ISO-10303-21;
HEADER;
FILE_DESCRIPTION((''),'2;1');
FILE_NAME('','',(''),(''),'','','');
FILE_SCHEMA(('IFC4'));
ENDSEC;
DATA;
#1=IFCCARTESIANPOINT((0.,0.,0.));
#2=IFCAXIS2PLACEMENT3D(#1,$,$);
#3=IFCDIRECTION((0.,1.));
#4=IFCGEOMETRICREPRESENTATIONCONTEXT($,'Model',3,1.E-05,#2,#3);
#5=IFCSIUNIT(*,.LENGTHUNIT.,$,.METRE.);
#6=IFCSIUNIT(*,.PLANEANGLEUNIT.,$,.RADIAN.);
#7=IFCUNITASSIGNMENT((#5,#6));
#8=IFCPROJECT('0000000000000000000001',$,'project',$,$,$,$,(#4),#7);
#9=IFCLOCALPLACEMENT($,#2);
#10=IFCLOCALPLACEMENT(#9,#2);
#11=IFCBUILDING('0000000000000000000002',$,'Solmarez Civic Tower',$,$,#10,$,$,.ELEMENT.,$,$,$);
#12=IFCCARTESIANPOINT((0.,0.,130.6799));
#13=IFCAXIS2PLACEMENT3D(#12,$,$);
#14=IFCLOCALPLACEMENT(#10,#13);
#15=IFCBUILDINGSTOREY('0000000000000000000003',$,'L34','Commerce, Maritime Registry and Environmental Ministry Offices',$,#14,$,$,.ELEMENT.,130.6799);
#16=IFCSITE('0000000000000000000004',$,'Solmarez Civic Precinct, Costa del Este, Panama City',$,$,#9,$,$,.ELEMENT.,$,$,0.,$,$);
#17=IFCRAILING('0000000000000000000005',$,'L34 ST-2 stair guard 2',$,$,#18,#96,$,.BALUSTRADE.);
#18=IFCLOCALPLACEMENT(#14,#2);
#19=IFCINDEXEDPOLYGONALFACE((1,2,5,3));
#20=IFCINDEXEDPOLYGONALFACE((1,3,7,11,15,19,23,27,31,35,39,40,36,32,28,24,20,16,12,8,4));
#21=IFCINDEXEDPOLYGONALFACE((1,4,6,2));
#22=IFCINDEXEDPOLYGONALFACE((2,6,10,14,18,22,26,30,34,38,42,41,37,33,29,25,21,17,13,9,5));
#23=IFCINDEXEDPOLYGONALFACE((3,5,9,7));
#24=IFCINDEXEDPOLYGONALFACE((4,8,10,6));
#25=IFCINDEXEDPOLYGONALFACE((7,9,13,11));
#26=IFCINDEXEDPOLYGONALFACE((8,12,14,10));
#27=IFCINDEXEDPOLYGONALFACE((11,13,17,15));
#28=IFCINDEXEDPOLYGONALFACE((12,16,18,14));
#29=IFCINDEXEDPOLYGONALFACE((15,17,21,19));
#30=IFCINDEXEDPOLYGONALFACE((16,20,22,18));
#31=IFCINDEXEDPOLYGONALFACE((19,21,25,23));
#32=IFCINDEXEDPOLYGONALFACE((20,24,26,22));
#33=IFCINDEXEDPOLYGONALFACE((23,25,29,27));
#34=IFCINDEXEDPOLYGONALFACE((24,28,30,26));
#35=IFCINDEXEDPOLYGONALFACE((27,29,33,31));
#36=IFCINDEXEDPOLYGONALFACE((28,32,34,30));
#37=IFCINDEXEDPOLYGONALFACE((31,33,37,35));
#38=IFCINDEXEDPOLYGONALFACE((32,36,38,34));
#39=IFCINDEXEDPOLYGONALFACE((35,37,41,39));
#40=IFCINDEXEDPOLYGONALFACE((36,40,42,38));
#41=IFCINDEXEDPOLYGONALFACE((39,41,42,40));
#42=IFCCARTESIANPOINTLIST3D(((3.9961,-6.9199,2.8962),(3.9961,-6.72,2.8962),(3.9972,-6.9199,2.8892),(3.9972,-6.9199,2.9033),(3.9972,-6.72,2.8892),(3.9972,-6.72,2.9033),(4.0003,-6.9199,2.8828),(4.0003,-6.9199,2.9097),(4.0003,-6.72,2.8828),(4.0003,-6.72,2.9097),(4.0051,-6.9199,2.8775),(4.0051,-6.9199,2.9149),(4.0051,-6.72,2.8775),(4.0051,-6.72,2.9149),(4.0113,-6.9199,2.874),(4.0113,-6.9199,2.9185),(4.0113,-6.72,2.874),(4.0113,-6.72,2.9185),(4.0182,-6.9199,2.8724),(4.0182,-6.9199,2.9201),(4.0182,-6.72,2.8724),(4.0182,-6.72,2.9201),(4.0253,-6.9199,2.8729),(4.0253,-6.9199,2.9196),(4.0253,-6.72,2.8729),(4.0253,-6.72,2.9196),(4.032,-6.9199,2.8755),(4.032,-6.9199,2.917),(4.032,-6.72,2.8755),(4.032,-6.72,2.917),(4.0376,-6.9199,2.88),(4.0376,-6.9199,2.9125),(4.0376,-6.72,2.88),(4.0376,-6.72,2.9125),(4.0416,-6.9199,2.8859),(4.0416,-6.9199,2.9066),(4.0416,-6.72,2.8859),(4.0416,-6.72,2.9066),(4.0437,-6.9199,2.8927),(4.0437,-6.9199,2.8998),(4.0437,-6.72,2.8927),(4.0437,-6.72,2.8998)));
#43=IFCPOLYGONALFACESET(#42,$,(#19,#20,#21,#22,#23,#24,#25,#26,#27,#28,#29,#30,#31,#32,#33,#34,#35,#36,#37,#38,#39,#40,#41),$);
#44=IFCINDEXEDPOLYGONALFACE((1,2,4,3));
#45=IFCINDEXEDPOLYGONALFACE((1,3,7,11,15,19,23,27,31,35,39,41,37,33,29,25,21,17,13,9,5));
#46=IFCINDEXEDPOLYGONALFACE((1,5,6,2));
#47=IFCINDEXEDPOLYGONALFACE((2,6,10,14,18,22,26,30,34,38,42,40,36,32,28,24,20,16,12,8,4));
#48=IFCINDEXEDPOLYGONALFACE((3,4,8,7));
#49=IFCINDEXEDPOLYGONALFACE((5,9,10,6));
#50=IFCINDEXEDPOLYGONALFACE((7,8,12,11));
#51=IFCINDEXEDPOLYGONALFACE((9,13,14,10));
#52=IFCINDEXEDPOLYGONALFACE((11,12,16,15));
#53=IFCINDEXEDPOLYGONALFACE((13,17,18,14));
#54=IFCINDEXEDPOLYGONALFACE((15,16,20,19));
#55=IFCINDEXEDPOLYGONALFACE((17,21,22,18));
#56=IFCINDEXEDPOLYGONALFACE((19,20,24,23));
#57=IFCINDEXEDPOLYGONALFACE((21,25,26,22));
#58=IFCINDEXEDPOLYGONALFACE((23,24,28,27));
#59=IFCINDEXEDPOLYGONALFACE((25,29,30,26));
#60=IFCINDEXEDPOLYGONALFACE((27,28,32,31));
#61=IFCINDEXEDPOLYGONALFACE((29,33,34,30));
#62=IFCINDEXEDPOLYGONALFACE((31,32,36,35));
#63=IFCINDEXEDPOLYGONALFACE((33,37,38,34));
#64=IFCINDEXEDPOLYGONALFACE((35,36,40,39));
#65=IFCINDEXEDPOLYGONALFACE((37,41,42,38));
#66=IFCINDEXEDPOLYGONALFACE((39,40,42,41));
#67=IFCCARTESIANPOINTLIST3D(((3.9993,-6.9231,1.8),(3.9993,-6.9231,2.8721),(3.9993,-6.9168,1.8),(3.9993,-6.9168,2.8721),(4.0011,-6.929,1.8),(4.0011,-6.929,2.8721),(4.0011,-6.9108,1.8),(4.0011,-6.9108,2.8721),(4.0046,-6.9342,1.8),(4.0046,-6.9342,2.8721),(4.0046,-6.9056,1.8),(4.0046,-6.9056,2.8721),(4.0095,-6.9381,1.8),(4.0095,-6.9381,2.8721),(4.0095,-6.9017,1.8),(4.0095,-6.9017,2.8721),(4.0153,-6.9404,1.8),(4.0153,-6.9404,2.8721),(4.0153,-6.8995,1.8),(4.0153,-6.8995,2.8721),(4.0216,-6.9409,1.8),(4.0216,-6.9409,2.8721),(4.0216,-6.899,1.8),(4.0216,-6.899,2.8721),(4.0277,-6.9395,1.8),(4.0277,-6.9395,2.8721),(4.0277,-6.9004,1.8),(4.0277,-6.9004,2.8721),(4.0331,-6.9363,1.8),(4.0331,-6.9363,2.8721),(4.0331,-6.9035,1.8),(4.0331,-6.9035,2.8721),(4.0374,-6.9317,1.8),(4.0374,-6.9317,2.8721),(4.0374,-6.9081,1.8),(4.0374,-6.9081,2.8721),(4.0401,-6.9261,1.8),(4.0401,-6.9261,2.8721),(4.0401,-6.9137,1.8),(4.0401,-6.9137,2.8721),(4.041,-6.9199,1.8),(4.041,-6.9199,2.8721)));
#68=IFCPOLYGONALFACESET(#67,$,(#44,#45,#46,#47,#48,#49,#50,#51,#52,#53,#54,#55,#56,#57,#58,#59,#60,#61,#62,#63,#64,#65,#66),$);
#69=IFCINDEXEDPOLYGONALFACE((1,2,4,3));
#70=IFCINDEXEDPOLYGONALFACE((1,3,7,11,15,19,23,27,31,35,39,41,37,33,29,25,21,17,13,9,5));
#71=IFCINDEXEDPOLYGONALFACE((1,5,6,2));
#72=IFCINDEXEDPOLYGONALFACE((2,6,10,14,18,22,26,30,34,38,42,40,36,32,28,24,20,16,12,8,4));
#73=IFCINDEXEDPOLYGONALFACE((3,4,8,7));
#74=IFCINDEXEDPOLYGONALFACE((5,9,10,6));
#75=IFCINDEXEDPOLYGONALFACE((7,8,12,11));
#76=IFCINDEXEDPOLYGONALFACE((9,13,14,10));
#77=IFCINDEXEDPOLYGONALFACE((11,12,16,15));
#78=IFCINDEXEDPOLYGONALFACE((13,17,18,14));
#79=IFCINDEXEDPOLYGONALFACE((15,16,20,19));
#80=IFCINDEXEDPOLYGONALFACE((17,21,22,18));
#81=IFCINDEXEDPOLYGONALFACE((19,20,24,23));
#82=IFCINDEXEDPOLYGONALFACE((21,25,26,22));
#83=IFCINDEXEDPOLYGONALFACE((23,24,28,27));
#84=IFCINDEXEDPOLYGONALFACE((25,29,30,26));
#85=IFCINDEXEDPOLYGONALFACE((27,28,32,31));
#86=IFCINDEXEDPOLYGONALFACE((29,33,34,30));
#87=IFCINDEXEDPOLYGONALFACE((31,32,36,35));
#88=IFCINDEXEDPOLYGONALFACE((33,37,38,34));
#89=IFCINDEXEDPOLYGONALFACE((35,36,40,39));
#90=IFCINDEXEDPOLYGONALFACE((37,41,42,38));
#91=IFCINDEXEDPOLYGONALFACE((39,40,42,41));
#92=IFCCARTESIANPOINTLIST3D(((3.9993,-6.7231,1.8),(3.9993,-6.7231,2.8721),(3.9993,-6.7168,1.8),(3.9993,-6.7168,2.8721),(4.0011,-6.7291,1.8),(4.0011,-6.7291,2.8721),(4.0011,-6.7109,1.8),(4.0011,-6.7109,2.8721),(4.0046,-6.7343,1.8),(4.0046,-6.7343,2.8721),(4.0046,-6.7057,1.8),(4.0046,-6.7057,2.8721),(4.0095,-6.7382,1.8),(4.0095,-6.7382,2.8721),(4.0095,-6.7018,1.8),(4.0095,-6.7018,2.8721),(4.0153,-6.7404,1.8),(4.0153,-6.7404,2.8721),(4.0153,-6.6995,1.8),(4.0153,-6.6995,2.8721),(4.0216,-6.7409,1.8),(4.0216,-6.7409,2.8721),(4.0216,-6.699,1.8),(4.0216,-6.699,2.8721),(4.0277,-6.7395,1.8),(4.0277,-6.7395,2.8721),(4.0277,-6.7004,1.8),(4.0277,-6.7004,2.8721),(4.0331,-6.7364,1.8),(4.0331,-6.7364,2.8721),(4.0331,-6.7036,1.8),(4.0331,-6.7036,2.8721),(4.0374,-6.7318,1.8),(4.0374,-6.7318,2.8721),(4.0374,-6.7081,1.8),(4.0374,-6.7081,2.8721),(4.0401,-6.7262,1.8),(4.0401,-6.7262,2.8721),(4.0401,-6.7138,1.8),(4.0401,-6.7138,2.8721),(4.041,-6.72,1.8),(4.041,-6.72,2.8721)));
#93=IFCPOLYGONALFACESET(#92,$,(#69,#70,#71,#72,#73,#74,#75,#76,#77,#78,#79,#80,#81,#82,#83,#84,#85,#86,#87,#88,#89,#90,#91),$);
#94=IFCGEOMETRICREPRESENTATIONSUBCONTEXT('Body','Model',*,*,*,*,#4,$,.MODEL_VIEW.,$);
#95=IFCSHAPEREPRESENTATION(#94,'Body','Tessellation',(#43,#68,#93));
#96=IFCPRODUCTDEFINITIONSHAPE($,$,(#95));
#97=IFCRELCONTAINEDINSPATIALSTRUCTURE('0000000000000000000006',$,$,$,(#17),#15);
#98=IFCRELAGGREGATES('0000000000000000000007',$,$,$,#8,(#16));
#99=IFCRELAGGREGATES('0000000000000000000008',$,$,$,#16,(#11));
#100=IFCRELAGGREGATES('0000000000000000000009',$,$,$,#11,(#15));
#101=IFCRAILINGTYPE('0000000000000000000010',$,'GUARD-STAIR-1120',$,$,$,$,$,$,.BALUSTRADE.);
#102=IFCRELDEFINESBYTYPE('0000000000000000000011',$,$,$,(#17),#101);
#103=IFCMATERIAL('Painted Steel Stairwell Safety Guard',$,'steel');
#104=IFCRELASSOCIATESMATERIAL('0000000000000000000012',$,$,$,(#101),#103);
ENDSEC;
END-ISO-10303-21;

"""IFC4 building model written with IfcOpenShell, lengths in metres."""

from ifc_helpers import new_model, si_unit, direction, frame, origin, origin_2d, place, context, subcontext, project, spatial, circle, extrude, material, type_object, element, save


model = new_model("IFC4")

# Units and contexts
model_context = context("Model", 3, precision=1e-05, world=origin(), true_north=direction((0.0, 1.0)))
body_context = subcontext(model_context, "Body", "Model", "MODEL_VIEW")
ifc_project = project(units=[si_unit("LENGTHUNIT", "METRE"), si_unit("PLANEANGLEUNIT", "RADIAN")], contexts=[model_context])

# Site, building, storey
site_placement = place(None, origin())
site = spatial("IfcSite", under=ifc_project, at=site_placement, Name="Solmarez Civic Precinct, Costa del Este, Panama City", CompositionType="ELEMENT", RefElevation=0.0)
building_placement = place(site_placement, origin())
building = spatial("IfcBuilding", under=site, at=building_placement, Name="Solmarez Civic Tower", CompositionType="ELEMENT")
storey_placement = place(building_placement, frame((0.0, 0.0, 130.6799)))
storey = spatial("IfcBuildingStorey", under=building, at=storey_placement, Name="L34", Description="Commerce, Maritime Registry and Environmental Ministry Offices", CompositionType="ELEMENT", Elevation=130.6799)

# Railing
ifc_material_1 = material(Name="Painted Steel Stairwell Safety Guard", Category="steel")
railing_type_1 = type_object("IfcRailingType", Name="GUARD-STAIR-1120", PredefinedType="BALUSTRADE", material=ifc_material_1)
railing_1_placement = place(storey_placement, frame((4.02, -6.9199, 1.8)))
element("IfcRailing", 1, at=railing_1_placement, inside=storey, type_object=railing_type_1, Name="L34 ST-2 stair guard 2", PredefinedType="BALUSTRADE", context=body_context, shape_type="SweptSolid", body=[
    extrude(circle(Radius=0.0239, at=origin_2d()), frame((0.0, 0.0, 1.0962), z_axis=(0.0, 1.0, 0.0), x_axis=(-1.0, 0.0, 0.0)), (0.0, 0.0, 1.0), 0.2),
    extrude(circle(Radius=0.021, at=origin_2d()), origin(), (0.0, 0.0, 1.0), 1.072),
    extrude(circle(Radius=0.021, at=origin_2d()), frame((0.0, 0.2, 0.0)), (0.0, 0.0, 1.0), 1.072),
])

save(model, "model.ifc")
